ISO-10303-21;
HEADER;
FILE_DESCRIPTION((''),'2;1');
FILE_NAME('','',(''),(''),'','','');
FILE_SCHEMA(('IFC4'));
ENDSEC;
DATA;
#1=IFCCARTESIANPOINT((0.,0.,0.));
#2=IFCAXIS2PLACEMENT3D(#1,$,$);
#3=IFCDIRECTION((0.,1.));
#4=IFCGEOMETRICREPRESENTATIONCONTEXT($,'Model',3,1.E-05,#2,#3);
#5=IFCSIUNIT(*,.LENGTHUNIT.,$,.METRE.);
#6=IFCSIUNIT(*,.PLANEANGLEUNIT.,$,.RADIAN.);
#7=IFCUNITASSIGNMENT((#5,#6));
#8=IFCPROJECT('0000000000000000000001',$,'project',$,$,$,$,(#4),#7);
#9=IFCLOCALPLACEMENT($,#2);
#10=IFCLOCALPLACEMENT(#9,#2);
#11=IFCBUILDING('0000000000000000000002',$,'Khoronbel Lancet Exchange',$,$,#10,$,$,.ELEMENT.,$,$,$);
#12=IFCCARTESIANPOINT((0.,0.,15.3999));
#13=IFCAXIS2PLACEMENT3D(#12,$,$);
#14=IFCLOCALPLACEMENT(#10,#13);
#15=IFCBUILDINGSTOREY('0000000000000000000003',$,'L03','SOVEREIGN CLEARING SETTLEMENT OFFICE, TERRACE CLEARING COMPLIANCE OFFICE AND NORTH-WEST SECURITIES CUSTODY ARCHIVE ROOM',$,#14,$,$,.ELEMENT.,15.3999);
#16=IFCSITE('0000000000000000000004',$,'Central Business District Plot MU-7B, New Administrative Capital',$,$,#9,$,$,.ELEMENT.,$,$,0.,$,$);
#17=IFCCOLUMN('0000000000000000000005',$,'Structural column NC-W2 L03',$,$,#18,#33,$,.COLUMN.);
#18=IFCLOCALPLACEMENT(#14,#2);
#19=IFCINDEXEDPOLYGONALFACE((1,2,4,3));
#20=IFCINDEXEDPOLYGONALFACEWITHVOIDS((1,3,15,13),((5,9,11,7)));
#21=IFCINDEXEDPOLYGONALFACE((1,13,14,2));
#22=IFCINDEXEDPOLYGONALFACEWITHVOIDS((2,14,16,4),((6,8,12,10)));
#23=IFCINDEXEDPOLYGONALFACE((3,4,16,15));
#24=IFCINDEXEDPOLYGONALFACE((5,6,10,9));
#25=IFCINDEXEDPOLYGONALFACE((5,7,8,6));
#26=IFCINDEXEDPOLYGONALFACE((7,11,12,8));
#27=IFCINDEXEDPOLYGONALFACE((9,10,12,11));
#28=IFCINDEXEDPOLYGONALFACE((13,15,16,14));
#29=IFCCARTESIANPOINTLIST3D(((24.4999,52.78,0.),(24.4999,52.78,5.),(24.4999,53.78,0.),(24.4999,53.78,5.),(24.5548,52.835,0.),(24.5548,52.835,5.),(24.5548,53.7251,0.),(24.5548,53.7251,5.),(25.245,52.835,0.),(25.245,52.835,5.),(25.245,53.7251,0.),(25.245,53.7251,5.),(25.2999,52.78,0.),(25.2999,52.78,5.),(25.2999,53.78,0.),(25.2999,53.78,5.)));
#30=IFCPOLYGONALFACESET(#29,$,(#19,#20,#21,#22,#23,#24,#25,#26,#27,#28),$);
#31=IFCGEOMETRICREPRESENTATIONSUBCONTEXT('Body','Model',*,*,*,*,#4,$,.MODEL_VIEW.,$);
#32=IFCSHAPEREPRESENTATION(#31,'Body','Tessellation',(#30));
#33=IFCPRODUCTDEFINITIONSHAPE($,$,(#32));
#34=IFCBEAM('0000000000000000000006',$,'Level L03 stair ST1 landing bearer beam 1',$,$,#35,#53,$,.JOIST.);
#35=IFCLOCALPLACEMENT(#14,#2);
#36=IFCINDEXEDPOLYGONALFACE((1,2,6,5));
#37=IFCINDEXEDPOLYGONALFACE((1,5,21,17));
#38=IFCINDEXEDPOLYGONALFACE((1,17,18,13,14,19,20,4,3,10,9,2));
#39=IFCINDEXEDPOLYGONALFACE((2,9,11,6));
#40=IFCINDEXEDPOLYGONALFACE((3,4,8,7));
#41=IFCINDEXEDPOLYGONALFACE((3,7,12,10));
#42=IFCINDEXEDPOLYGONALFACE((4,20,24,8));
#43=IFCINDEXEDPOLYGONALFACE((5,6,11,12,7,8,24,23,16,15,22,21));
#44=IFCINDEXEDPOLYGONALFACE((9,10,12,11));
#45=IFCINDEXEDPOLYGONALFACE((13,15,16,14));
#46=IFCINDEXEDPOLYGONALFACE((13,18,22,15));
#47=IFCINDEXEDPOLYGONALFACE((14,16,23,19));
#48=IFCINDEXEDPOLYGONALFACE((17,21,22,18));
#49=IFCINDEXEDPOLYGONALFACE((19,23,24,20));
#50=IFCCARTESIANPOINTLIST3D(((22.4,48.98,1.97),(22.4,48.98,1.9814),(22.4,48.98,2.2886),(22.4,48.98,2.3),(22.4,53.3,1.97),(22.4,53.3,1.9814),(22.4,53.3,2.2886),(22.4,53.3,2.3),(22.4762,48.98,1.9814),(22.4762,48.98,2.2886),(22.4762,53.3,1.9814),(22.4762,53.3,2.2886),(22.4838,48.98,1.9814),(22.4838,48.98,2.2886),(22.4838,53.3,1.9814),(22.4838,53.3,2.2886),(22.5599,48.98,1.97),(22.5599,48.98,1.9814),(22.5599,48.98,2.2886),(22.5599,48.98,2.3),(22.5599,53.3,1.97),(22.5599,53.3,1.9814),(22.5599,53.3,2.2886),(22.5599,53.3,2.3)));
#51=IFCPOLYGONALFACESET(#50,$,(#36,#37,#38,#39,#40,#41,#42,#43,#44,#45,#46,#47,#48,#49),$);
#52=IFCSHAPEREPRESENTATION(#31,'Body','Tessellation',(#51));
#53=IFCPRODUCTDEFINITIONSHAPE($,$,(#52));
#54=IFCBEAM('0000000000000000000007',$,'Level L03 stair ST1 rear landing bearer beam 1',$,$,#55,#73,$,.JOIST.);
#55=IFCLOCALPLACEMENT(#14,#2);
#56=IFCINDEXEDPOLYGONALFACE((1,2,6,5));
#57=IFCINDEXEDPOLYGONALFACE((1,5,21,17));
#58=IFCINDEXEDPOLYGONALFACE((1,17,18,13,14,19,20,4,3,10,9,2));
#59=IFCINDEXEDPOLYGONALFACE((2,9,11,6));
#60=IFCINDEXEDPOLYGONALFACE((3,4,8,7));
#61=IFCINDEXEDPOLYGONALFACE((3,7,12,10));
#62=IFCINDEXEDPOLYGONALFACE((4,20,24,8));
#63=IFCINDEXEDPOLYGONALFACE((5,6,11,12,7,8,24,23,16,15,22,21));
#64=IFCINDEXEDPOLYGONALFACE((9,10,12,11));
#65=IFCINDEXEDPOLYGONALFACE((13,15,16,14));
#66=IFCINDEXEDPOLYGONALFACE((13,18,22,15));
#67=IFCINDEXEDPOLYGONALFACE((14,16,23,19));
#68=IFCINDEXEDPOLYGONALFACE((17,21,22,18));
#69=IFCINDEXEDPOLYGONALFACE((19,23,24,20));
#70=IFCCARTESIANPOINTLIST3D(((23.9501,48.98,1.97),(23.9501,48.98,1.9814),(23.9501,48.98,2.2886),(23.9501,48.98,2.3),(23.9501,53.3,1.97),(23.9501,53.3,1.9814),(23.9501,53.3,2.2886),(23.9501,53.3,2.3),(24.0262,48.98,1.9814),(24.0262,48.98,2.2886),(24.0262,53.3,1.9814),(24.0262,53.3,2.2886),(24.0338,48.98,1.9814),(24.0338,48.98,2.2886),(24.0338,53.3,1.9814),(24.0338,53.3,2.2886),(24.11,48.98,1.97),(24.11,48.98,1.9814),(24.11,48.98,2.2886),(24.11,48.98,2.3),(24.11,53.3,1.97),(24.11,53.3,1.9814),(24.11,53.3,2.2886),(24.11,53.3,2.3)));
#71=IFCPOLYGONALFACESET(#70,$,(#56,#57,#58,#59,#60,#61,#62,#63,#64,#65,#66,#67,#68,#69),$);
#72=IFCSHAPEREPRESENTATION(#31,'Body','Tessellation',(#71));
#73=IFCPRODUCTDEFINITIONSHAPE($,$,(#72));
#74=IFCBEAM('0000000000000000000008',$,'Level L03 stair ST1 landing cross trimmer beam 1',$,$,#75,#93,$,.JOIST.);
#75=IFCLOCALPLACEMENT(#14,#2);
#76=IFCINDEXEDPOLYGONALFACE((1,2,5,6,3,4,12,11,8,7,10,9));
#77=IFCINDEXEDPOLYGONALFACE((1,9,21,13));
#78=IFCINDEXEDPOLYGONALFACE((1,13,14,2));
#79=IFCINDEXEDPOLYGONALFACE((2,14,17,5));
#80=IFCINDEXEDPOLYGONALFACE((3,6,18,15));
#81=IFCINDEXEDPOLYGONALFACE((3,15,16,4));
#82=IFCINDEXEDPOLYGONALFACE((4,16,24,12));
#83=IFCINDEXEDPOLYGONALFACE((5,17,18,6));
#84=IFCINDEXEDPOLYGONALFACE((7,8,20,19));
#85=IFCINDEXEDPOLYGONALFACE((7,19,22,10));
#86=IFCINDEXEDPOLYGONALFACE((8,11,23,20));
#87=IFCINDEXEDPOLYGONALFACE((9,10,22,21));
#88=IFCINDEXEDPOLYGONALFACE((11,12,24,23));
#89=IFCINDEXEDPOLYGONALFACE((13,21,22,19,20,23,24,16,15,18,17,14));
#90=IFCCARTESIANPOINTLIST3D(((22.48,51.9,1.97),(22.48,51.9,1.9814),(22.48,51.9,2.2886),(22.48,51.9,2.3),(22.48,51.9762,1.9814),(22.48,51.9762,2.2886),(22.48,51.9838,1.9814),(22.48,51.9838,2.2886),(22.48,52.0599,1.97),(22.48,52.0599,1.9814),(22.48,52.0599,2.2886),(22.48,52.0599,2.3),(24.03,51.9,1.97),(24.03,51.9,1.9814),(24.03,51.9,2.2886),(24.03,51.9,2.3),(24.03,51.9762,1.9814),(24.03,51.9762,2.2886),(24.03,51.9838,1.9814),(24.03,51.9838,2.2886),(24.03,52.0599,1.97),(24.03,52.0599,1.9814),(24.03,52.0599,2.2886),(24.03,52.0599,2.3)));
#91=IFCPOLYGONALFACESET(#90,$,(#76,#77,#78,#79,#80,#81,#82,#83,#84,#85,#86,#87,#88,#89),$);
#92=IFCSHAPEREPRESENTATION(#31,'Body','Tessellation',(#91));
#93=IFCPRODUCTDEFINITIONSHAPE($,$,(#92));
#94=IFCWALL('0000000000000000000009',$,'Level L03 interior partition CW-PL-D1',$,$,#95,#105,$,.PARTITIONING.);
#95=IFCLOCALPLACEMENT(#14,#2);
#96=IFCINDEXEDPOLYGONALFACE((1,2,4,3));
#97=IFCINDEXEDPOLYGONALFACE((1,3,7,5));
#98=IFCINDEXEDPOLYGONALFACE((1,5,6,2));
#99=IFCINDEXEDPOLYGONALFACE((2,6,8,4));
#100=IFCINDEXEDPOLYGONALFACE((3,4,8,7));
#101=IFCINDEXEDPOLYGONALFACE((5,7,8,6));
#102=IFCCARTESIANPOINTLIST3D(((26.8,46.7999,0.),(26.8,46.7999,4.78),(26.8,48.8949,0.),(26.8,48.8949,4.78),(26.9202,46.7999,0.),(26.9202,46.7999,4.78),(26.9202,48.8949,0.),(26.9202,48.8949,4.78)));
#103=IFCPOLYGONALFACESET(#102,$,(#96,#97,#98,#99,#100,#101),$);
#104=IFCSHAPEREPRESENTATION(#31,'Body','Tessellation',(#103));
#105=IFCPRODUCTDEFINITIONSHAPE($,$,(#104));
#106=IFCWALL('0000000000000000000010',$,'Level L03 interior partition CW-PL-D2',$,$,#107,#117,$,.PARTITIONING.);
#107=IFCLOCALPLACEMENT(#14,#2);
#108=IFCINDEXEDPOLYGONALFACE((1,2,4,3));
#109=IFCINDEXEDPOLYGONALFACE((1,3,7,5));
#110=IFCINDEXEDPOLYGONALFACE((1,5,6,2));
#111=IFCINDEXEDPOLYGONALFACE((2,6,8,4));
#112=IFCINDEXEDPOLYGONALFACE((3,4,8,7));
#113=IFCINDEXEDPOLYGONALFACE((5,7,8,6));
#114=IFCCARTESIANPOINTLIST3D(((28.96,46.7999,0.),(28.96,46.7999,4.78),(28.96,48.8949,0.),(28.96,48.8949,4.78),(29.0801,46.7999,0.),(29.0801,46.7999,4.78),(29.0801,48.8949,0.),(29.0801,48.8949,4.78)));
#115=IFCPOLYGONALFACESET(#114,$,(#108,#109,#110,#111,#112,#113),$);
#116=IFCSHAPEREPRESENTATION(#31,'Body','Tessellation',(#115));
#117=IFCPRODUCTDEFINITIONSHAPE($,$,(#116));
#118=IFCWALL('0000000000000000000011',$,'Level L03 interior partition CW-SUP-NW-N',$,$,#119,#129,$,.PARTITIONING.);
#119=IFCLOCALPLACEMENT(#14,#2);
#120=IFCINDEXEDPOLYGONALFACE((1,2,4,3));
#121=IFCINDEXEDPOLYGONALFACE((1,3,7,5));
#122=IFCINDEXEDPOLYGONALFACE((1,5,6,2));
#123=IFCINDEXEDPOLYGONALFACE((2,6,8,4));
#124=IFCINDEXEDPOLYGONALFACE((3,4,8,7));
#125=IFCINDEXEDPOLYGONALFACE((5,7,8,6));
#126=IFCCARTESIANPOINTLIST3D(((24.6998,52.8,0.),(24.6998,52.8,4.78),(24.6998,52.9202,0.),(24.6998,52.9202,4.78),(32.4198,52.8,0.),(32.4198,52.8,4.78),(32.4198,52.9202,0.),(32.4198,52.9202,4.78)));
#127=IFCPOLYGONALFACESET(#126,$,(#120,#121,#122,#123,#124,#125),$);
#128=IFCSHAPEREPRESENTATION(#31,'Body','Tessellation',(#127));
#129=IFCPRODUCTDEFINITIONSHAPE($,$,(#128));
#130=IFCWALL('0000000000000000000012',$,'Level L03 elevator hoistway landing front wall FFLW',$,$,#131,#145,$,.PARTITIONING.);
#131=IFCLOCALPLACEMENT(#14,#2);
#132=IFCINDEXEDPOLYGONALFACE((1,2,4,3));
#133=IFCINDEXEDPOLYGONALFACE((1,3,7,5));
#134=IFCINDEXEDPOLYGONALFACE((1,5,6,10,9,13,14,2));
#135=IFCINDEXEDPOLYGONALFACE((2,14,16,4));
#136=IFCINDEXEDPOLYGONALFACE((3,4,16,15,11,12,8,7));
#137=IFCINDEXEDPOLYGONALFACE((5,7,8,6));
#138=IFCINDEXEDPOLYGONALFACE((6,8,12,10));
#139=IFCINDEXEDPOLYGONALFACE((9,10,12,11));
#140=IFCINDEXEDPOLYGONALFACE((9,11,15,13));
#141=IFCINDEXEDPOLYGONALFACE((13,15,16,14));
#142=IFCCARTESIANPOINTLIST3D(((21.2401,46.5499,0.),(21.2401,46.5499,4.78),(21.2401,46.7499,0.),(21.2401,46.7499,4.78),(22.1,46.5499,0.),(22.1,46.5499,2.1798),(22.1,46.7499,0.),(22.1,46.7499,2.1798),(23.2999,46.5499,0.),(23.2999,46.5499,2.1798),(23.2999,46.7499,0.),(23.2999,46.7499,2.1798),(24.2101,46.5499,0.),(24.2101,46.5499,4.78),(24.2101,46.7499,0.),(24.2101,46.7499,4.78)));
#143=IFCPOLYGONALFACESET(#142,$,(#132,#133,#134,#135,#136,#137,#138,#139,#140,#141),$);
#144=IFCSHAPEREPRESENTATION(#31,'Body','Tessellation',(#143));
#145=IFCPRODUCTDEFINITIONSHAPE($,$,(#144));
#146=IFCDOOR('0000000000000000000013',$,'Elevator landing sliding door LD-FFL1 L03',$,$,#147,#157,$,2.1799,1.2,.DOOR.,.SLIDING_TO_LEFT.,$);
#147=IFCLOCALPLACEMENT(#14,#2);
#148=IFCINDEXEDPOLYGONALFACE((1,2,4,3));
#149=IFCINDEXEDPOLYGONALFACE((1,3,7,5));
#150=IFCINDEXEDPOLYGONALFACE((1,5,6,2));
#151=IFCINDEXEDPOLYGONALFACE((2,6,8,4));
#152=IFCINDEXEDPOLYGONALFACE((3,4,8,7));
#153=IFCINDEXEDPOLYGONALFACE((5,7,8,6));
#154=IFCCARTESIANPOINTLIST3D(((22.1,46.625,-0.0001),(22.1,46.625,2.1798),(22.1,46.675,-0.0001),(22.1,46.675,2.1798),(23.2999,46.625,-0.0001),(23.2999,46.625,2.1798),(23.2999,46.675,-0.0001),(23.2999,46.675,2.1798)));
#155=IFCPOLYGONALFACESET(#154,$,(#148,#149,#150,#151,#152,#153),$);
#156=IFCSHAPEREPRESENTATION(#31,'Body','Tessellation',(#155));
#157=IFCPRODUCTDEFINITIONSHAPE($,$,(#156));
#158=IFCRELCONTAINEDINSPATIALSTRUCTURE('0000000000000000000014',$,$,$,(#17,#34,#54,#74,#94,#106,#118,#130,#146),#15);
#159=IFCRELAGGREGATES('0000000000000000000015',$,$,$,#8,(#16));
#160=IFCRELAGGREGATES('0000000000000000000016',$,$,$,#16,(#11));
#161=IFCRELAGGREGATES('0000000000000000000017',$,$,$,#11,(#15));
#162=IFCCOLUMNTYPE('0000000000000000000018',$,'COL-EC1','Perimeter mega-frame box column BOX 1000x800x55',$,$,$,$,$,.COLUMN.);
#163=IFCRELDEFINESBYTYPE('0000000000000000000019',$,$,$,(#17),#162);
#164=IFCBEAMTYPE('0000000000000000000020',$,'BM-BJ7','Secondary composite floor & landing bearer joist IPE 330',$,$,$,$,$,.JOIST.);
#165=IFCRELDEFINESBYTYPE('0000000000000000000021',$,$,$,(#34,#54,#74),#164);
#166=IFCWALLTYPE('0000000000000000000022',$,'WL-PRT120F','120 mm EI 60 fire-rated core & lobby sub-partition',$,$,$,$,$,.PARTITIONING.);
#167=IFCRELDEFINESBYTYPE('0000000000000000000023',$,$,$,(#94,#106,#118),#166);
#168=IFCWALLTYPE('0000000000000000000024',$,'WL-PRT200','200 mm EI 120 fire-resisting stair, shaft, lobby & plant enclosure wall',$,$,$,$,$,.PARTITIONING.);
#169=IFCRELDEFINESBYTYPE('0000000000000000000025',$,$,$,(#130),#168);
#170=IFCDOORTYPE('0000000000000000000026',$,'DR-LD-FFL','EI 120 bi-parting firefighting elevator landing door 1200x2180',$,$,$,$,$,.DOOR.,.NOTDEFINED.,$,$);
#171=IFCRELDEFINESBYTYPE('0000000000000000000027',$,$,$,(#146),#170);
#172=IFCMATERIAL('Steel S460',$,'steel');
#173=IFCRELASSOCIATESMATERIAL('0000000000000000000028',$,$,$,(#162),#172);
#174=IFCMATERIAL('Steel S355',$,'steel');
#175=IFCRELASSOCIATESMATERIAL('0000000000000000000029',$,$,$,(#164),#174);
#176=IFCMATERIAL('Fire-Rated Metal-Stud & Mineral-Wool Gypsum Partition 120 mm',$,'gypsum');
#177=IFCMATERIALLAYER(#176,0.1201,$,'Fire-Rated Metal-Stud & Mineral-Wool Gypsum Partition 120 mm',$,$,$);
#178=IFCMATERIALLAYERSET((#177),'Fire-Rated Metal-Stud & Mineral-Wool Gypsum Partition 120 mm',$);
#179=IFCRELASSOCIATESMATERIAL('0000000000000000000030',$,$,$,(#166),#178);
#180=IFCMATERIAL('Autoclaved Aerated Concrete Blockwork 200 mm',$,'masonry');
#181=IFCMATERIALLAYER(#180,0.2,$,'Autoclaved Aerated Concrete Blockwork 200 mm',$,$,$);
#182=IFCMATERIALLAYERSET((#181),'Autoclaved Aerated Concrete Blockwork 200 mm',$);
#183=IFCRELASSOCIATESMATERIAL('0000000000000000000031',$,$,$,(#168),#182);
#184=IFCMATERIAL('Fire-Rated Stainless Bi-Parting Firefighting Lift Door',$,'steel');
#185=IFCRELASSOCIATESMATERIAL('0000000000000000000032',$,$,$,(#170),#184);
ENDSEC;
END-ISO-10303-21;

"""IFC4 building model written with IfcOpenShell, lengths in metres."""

from ifc_helpers import new_model, si_unit, direction, frame, frame_2d, origin, origin_2d, place, context, subcontext, project, spatial, rectangle, hollow_rectangle, i_section, extrude, material, layer, layer_set, material_profile, profile_set, type_object, element, fill, save


model = new_model("IFC4")

# Units and contexts
model_context = context("Model", 3, precision=1e-05, world=origin(), true_north=direction((0.0, 1.0)))
body_context = subcontext(model_context, "Body", "Model", "MODEL_VIEW")
ifc_project = project(units=[si_unit("LENGTHUNIT", "METRE"), si_unit("PLANEANGLEUNIT", "RADIAN")], contexts=[model_context])

# Site, building, storey
site_placement = place(None, origin())
site = spatial("IfcSite", under=ifc_project, at=site_placement, Name="Central Business District Plot MU-7B, New Administrative Capital", CompositionType="ELEMENT", RefElevation=0.0)
building_placement = place(site_placement, origin())
building = spatial("IfcBuilding", under=site, at=building_placement, Name="Khoronbel Lancet Exchange", CompositionType="ELEMENT")
storey_placement = place(building_placement, frame((0.0, 0.0, 15.3999)))
storey = spatial("IfcBuildingStorey", under=building, at=storey_placement, Name="L03", Description="SOVEREIGN CLEARING SETTLEMENT OFFICE, TERRACE CLEARING COMPLIANCE OFFICE AND NORTH-WEST SECURITIES CUSTODY ARCHIVE ROOM", CompositionType="ELEMENT", Elevation=15.3999)

# Column
ifc_material_1 = material(Name="Steel S460", Category="steel")
ifc_material_profile_1 = material_profile(ifc_material_1, hollow_rectangle(XDim=0.8, YDim=1.0, WallThickness=0.0549, at=origin_2d()), Name="BOX 1000x800x55")
ifc_profile_set_1 = profile_set([ifc_material_profile_1], Name="Steel S460")
column_type = type_object("IfcColumnType", Name="COL-EC1", Description="Perimeter mega-frame box column BOX 1000x800x55", PredefinedType="COLUMN", material=ifc_profile_set_1)
column_placement = place(storey_placement, frame((24.8999, 53.28, 0.0), z_axis=(0.0, 0.0, 1.0), x_axis=(1.0, 0.0, 0.0)))
element("IfcColumn", 1, at=column_placement, inside=storey, type_object=column_type, Name="Structural column NC-W2 L03", PredefinedType="COLUMN", context=body_context, shape_type="SweptSolid", body=[
    extrude(hollow_rectangle(XDim=0.8, YDim=1.0, WallThickness=0.0549, at=origin_2d()), origin(), (0.0, 0.0, 1.0), 5.0),
])

# Beams
ifc_material_2 = material(Name="Steel S355", Category="steel")
ifc_material_profile_2 = material_profile(ifc_material_2, i_section(OverallWidth=0.1599, OverallDepth=0.3301, WebThickness=0.0076, FlangeThickness=0.0115, at=origin_2d()), Name="IPE 330")
ifc_profile_set_2 = profile_set([ifc_material_profile_2], Name="Steel S355")
beam_type = type_object("IfcBeamType", Name="BM-BJ7", Description="Secondary composite floor & landing bearer joist IPE 330", PredefinedType="JOIST", material=ifc_profile_set_2)
for number, where, z_axis, x_axis, name in (
    (2, (22.48, 48.98, 2.135), (0.0, 1.0, 0.0), (-1.0, 0.0, 0.0), "Level L03 stair ST1 landing bearer beam 1"),
    (3, (24.03, 48.98, 2.135), (0.0, 1.0, 0.0), (-1.0, 0.0, 0.0), "Level L03 stair ST1 rear landing bearer beam 1"),
):
    element("IfcBeam", number, at=place(storey_placement, frame(where, z_axis=z_axis, x_axis=x_axis)), inside=storey, type_object=beam_type, Name=name, PredefinedType="JOIST", context=body_context, shape_type="SweptSolid", body=[
        extrude(i_section(OverallWidth=0.1599, OverallDepth=0.3301, WebThickness=0.0076, FlangeThickness=0.0115, at=origin_2d()), origin(), (0.0, 0.0, 1.0), 4.3201),
    ])
beam_placement = place(storey_placement, frame((22.48, 51.98, 2.135), z_axis=(1.0, 0.0, 0.0), x_axis=(0.0, 1.0, 0.0)))
element("IfcBeam", 4, at=beam_placement, inside=storey, type_object=beam_type, Name="Level L03 stair ST1 landing cross trimmer beam 1", PredefinedType="JOIST", context=body_context, shape_type="SweptSolid", body=[
    extrude(i_section(OverallWidth=0.1599, OverallDepth=0.3301, WebThickness=0.0076, FlangeThickness=0.0115, at=origin_2d()), origin(), (0.0, 0.0, 1.0), 1.55),
])

# Walls
ifc_material_3 = material(Name="Fire-Rated Metal-Stud & Mineral-Wool Gypsum Partition 120 mm", Category="gypsum")
ifc_layer_1 = layer(ifc_material_3, 0.1201, Name="Fire-Rated Metal-Stud & Mineral-Wool Gypsum Partition 120 mm")
ifc_layer_set_1 = layer_set([ifc_layer_1], Name="Fire-Rated Metal-Stud & Mineral-Wool Gypsum Partition 120 mm")
wall_type_1 = type_object("IfcWallType", Name="WL-PRT120F", Description="120 mm EI 60 fire-rated core & lobby sub-partition", PredefinedType="PARTITIONING", material=ifc_layer_set_1)
for number, where, z_axis, x_axis, name in (
    (5, (26.8601, 46.8, 0.0), (0.0, 0.0, 1.0), (0.0, 1.0, 0.0), "Level L03 interior partition CW-PL-D1"),
    (6, (29.02, 46.8, 0.0), (0.0, 0.0, 1.0), (0.0, 1.0, 0.0), "Level L03 interior partition CW-PL-D2"),
):
    element("IfcWall", number, at=place(storey_placement, frame(where, z_axis=z_axis, x_axis=x_axis)), inside=storey, type_object=wall_type_1, Name=name, PredefinedType="PARTITIONING", context=body_context, shape_type="SweptSolid", body=[
        extrude(rectangle(XDim=2.095, YDim=0.1201, at=frame_2d((1.0474, 0.0))), origin(), (0.0, 0.0, 1.0), 4.78),
    ])
wall_1_placement = place(storey_placement, frame((24.7, 52.8601, 0.0), z_axis=(0.0, 0.0, 1.0), x_axis=(1.0, 0.0, 0.0)))
element("IfcWall", 7, at=wall_1_placement, inside=storey, type_object=wall_type_1, Name="Level L03 interior partition CW-SUP-NW-N", PredefinedType="PARTITIONING", context=body_context, shape_type="SweptSolid", body=[
    extrude(rectangle(XDim=7.72, YDim=0.1201, at=frame_2d((3.8599, 0.0))), origin(), (0.0, 0.0, 1.0), 4.78),
])

# Wall, opening, door
ifc_material_4 = material(Name="Autoclaved Aerated Concrete Blockwork 200 mm", Category="masonry")
ifc_layer_2 = layer(ifc_material_4, 0.2, Name="Autoclaved Aerated Concrete Blockwork 200 mm")
ifc_layer_set_2 = layer_set([ifc_layer_2], Name="Autoclaved Aerated Concrete Blockwork 200 mm")
wall_type_2 = type_object("IfcWallType", Name="WL-PRT200", Description="200 mm EI 120 fire-resisting stair, shaft, lobby & plant enclosure wall", PredefinedType="PARTITIONING", material=ifc_layer_set_2)
wall_2_placement = place(storey_placement, frame((24.21, 46.6499, 0.0), z_axis=(0.0, 0.0, 1.0), x_axis=(-1.0, 0.0, 0.0)))
wall_2 = element("IfcWall", 8, at=wall_2_placement, inside=storey, type_object=wall_type_2, Name="Level L03 elevator hoistway landing front wall FFLW", PredefinedType="PARTITIONING", context=body_context, shape_type="SweptSolid", body=[
    extrude(rectangle(XDim=2.97, YDim=0.2, at=frame_2d((1.4849, 0.0))), origin(), (0.0, 0.0, 1.0), 4.78),
])
opening_1_placement = place(wall_2_placement, frame((0.9099, 0.0, 0.0)))
opening_1 = element("IfcOpeningElement", 9, at=opening_1_placement, cuts=wall_2, PredefinedType="OPENING", context=body_context, shape_type="SweptSolid", body=[
    extrude(rectangle(XDim=1.2, YDim=2.1799, at=frame_2d((0.6001, 1.0898))), frame((0.0, 0.1099, 0.0), z_axis=(0.0, -1.0, 0.0), x_axis=(1.0, 0.0, 0.0)), (0.0, 0.0, 1.0), 0.22),
])
ifc_material_5 = material(Name="Fire-Rated Stainless Bi-Parting Firefighting Lift Door", Category="steel")
door_type_1 = type_object("IfcDoorType", Name="DR-LD-FFL", Description="EI 120 bi-parting firefighting elevator landing door 1200x2180", OperationType="NOTDEFINED", PredefinedType="DOOR", material=ifc_material_5)
door_1_placement = place(opening_1_placement, origin())
door_1 = element("IfcDoor", 10, at=door_1_placement, inside=storey, type_object=door_type_1, Name="Elevator landing sliding door LD-FFL1 L03", OperationType="SLIDING_TO_LEFT", OverallHeight=2.1799, OverallWidth=1.2, PredefinedType="DOOR", context=body_context, shape_type="SweptSolid", body=[
    extrude(rectangle(XDim=1.2, YDim=2.1799, at=frame_2d((0.6001, 1.0898))), frame((0.0, 0.0249, 0.0), z_axis=(0.0, -1.0, 0.0), x_axis=(1.0, 0.0, 0.0)), (0.0, 0.0, 1.0), 0.05),
])
fill(opening_1, door_1)

save(model, "model.ifc")
